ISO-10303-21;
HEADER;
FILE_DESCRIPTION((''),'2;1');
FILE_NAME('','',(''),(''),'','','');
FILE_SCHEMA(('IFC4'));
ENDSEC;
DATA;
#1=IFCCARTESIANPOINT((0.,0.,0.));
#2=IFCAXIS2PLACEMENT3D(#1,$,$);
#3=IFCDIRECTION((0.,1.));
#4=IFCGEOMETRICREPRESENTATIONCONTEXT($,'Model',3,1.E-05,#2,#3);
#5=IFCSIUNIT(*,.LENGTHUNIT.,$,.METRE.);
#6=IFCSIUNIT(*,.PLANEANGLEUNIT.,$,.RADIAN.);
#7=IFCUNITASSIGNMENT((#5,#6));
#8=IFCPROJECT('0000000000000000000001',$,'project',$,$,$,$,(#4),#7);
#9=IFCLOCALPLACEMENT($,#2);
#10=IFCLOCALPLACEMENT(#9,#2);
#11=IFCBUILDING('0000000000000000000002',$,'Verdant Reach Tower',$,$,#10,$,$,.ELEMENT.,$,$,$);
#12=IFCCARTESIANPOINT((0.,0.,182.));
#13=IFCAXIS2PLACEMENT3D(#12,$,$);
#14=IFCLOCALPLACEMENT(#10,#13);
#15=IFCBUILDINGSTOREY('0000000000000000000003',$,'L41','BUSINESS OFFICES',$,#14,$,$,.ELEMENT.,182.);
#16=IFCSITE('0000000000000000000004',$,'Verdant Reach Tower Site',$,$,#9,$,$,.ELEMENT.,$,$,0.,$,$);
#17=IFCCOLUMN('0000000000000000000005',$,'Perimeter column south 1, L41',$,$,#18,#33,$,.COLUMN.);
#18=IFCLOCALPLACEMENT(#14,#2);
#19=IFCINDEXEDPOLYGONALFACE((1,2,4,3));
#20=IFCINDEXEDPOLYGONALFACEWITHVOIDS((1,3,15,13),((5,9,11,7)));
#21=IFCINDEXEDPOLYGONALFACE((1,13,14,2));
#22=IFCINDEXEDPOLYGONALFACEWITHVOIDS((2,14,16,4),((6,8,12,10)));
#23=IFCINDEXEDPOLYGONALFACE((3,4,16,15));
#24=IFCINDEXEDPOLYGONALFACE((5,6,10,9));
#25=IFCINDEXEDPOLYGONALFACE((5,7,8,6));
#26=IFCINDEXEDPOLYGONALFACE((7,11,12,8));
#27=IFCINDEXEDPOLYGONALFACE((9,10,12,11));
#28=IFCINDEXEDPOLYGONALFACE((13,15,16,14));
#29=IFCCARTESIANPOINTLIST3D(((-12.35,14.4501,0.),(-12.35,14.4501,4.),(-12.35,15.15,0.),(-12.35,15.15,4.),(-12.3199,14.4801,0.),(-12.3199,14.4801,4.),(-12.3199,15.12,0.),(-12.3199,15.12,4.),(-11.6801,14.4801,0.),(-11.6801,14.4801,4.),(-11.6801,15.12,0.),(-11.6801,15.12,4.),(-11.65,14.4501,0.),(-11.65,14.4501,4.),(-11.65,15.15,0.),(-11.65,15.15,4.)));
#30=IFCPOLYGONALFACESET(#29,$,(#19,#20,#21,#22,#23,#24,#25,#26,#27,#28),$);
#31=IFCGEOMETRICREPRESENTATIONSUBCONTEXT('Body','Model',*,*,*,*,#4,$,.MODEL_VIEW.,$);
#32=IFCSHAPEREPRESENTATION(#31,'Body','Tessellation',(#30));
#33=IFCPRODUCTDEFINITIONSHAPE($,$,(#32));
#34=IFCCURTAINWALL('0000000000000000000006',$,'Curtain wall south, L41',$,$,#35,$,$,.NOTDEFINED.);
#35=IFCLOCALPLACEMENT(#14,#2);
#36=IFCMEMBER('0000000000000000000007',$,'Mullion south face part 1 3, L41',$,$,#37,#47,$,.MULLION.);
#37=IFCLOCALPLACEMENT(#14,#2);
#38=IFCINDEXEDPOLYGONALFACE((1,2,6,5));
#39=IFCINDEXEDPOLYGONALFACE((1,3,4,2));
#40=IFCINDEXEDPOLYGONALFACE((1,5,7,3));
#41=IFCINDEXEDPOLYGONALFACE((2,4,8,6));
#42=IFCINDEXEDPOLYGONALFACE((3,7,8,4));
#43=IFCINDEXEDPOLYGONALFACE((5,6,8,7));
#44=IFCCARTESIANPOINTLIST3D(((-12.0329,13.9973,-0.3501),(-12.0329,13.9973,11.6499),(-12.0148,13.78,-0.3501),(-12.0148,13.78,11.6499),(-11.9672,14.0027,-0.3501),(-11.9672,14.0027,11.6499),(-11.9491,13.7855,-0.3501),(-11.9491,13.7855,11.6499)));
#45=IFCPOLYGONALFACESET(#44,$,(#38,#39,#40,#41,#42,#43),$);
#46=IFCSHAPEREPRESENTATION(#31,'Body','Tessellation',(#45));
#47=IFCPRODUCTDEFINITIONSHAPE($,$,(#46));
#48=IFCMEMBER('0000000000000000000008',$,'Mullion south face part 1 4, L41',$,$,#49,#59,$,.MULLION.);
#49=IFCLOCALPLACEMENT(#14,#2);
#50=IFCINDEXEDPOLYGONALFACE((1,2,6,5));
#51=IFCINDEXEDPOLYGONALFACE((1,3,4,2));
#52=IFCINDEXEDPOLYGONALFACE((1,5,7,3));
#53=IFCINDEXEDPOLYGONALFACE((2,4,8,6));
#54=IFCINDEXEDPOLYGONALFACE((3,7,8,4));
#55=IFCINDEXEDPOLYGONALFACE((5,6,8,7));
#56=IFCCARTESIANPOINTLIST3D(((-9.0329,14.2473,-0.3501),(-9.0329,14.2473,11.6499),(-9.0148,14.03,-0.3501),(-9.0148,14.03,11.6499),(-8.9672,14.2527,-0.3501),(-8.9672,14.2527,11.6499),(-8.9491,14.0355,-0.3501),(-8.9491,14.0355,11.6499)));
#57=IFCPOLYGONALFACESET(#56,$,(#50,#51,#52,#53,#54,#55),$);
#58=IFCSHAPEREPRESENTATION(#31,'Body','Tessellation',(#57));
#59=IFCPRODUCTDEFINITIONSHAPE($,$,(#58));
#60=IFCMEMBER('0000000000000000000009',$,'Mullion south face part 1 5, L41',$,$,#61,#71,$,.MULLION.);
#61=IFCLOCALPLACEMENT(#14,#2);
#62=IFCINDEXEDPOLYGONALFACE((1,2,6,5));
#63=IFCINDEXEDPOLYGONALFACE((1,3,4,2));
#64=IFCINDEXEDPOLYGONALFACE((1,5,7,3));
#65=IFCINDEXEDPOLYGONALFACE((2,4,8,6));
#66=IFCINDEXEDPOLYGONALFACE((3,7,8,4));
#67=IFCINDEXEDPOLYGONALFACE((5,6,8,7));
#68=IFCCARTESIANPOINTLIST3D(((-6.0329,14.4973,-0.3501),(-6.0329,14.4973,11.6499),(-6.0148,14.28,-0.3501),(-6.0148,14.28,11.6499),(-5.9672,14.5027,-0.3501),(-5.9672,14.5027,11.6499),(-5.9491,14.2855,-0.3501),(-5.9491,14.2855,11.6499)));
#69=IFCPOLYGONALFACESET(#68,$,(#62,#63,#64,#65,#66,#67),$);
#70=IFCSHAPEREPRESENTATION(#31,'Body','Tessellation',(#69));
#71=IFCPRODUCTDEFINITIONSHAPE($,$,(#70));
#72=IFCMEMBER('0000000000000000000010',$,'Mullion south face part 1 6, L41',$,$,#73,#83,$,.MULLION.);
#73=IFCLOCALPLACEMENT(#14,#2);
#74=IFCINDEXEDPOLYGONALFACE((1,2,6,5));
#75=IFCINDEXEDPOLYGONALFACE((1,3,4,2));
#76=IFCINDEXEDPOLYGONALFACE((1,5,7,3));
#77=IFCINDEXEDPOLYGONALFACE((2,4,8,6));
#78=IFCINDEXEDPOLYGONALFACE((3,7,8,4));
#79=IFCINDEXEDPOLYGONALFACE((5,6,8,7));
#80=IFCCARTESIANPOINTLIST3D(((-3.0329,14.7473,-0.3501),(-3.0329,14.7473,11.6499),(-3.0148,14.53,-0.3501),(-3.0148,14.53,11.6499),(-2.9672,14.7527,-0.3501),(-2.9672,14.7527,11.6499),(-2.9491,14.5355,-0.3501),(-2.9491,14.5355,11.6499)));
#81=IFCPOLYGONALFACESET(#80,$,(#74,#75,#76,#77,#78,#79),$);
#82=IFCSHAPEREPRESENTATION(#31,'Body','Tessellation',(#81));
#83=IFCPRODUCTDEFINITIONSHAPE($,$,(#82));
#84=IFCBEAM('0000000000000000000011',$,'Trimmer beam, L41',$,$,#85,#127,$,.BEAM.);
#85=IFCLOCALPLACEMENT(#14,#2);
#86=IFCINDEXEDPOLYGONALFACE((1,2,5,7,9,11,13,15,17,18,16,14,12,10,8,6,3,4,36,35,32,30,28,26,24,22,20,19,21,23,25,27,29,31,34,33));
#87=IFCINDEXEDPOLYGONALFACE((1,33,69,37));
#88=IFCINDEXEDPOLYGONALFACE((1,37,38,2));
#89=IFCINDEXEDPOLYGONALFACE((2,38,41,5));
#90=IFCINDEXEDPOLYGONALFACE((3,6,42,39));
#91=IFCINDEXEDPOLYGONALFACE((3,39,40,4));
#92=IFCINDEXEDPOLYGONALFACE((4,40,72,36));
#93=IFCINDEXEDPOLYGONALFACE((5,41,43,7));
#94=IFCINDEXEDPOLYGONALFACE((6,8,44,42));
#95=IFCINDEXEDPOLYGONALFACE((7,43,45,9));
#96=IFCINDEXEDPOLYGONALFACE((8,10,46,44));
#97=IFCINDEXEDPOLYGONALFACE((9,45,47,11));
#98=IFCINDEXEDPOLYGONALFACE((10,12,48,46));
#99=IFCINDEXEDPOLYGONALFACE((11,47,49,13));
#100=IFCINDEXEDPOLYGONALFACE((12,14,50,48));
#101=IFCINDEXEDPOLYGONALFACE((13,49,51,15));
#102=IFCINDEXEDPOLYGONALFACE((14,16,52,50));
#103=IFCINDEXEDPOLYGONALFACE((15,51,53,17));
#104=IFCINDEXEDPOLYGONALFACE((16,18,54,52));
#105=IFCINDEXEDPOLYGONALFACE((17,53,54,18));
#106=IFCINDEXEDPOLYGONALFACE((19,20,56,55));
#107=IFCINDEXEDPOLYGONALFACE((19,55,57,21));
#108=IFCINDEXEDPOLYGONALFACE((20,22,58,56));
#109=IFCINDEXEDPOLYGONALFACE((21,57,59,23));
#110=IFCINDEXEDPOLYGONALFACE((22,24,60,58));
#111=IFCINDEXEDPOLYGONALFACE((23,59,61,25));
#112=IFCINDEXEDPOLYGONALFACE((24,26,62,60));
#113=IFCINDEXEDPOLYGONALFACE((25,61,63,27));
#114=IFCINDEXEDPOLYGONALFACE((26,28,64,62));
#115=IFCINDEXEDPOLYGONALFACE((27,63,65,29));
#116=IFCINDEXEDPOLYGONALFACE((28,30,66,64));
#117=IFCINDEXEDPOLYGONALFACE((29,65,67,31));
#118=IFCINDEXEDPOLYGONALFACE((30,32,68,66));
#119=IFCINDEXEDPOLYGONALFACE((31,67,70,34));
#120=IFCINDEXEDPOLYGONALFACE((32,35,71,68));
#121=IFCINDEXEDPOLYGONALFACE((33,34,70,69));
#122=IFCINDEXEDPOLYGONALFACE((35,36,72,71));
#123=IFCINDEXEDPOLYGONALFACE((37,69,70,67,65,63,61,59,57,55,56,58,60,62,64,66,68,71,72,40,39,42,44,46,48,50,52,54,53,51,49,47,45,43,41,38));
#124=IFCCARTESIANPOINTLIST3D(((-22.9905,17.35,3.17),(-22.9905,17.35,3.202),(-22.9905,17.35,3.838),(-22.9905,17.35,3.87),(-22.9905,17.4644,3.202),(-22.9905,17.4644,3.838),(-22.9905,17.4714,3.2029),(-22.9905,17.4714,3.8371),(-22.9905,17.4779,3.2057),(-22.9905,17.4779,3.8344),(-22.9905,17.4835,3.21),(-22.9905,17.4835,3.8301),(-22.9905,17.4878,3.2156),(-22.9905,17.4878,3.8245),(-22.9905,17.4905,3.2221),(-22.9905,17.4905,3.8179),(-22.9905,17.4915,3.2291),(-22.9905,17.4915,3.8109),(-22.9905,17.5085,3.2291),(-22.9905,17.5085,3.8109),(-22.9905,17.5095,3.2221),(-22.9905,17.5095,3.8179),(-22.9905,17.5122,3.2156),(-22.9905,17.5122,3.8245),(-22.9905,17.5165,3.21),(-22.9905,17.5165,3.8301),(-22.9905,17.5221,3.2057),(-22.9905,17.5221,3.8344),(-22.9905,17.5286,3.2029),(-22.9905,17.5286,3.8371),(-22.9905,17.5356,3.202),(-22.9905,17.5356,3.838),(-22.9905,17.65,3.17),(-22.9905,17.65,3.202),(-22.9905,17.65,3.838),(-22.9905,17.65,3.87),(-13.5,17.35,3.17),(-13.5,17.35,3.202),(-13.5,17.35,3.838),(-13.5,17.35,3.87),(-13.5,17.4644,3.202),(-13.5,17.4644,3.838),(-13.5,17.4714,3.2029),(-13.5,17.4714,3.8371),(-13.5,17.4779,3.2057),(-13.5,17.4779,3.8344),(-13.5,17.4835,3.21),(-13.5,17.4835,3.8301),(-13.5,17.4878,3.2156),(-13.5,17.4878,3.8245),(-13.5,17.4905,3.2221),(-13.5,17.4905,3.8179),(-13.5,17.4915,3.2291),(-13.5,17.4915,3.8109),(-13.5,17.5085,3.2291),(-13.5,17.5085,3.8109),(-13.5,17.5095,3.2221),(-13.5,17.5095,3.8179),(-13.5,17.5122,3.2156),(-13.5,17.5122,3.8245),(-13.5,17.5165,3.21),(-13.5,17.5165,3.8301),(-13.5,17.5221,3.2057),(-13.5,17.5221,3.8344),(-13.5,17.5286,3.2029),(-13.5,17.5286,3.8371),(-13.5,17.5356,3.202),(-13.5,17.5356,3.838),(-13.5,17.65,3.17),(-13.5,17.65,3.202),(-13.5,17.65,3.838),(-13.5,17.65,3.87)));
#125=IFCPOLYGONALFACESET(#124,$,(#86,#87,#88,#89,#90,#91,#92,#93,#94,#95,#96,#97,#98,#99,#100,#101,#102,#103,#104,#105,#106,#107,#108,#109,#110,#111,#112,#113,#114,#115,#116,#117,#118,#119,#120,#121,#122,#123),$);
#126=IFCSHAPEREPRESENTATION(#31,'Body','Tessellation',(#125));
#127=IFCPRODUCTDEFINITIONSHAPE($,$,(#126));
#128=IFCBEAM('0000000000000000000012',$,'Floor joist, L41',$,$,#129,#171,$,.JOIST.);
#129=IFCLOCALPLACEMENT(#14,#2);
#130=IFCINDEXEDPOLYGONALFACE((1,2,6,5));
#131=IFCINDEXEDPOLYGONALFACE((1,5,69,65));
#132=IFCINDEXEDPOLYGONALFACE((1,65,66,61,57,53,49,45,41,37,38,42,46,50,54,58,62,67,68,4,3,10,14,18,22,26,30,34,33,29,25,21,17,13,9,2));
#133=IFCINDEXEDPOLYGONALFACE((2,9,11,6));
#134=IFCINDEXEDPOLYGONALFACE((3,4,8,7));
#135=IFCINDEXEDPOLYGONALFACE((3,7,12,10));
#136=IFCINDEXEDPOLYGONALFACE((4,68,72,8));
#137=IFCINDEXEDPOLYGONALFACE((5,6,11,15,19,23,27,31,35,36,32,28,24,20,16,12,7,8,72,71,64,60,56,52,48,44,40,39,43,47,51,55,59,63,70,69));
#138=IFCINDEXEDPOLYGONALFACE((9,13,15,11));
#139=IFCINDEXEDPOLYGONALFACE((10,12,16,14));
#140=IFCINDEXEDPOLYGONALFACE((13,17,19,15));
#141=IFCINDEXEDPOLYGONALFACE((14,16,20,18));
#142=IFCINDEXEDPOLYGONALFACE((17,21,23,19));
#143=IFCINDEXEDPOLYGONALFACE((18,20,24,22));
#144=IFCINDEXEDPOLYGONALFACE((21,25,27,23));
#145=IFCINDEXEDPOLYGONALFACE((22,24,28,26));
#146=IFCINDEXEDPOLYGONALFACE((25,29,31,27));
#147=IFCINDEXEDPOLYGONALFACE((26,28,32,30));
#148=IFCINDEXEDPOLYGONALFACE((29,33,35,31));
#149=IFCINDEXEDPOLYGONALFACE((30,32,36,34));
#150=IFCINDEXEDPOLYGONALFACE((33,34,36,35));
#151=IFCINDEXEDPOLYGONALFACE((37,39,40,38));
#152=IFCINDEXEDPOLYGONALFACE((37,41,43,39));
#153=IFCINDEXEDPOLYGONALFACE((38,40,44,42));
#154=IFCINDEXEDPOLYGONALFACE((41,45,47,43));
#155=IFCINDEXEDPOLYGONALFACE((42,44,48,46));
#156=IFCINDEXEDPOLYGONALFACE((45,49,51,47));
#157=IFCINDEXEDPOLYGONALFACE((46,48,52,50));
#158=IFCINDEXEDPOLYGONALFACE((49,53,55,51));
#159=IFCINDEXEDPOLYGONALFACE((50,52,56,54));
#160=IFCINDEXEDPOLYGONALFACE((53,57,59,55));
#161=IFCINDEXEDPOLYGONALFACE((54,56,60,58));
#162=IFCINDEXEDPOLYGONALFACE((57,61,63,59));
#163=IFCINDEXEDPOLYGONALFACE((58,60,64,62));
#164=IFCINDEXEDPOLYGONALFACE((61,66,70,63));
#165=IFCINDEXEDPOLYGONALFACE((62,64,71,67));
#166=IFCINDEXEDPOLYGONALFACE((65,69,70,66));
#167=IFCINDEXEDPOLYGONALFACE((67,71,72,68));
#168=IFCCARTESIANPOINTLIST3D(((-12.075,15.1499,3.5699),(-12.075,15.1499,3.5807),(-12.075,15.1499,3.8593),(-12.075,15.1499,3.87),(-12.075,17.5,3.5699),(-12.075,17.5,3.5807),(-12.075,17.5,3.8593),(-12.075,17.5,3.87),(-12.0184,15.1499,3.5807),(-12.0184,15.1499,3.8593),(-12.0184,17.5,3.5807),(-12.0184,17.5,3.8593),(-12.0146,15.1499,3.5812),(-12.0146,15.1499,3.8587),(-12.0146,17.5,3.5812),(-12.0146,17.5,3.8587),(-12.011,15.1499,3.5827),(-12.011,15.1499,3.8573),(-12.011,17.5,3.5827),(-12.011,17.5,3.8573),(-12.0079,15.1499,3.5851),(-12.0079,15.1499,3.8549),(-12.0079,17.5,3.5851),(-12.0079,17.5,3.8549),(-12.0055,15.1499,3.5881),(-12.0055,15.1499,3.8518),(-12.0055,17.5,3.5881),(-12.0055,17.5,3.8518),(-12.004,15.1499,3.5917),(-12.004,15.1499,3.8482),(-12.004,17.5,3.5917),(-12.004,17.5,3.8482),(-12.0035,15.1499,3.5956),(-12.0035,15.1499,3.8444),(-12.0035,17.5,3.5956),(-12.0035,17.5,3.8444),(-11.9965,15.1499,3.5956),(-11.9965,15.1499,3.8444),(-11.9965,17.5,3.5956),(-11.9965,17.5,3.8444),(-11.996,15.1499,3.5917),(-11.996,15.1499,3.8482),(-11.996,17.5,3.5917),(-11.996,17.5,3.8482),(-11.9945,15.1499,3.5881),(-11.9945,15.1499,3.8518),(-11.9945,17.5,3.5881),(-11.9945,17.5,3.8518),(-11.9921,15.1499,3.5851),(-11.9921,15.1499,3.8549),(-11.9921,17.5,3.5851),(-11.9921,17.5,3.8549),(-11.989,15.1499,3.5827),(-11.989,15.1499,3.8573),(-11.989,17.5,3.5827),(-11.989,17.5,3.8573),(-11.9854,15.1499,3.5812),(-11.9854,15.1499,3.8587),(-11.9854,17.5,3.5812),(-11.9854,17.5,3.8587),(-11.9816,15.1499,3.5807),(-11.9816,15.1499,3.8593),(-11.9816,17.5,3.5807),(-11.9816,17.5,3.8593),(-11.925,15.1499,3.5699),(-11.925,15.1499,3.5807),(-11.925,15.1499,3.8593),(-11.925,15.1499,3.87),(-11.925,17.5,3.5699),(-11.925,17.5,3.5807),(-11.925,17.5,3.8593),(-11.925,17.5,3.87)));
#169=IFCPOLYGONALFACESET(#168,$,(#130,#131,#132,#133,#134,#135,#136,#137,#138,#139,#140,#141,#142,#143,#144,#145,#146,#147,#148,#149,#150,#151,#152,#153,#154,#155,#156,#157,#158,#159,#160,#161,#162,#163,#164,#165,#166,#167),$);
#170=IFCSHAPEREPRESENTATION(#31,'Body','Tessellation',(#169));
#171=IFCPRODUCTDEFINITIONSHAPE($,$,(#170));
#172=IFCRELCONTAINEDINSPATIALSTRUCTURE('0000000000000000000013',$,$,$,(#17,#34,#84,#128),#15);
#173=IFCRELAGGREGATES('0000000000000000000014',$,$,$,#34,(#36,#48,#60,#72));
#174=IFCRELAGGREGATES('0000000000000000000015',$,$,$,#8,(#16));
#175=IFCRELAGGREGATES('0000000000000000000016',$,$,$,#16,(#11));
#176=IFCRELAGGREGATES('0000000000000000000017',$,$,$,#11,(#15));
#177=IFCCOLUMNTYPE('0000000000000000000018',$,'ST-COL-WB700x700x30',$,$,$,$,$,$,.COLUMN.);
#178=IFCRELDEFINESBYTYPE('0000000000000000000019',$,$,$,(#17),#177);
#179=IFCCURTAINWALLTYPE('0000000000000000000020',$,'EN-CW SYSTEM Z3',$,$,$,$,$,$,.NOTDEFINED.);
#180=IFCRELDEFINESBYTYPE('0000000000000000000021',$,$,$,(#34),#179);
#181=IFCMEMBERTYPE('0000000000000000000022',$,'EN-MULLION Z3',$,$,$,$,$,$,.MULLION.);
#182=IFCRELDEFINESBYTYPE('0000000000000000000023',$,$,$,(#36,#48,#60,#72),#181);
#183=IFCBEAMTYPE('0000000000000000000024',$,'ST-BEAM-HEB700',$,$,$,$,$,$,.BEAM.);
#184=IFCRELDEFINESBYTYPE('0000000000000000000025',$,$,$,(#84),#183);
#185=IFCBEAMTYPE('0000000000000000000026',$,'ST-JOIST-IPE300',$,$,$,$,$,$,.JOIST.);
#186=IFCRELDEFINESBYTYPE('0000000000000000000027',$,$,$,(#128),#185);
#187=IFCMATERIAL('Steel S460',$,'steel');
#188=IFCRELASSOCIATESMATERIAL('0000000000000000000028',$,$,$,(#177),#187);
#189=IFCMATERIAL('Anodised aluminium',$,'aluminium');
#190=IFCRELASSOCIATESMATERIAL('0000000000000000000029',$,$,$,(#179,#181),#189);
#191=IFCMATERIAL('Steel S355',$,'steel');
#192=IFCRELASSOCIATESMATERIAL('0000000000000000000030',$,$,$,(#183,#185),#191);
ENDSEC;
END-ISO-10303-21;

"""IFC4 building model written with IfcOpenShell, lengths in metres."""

from ifc_helpers import new_model, si_unit, direction, frame, origin, origin_2d, place, context, subcontext, project, spatial, rectangle, hollow_rectangle, i_section, extrude, material, material_profile, profile_set, type_object, element, aggregate, save


model = new_model("IFC4")

# Units and contexts
model_context = context("Model", 3, precision=1e-05, world=origin(), true_north=direction((0.0, 1.0)))
body_context = subcontext(model_context, "Body", "Model", "MODEL_VIEW")
ifc_project = project(units=[si_unit("LENGTHUNIT", "METRE"), si_unit("PLANEANGLEUNIT", "RADIAN")], contexts=[model_context])

# Site, building, storey
site_placement = place(None, origin())
site = spatial("IfcSite", under=ifc_project, at=site_placement, Name="Verdant Reach Tower Site", CompositionType="ELEMENT", RefElevation=0.0)
building_placement = place(site_placement, origin())
building = spatial("IfcBuilding", under=site, at=building_placement, Name="Verdant Reach Tower", CompositionType="ELEMENT")
storey_placement = place(building_placement, frame((0.0, 0.0, 182.0)))
storey = spatial("IfcBuildingStorey", under=building, at=storey_placement, Name="L41", Description="BUSINESS OFFICES", CompositionType="ELEMENT", Elevation=182.0)

# Column
ifc_material_1 = material(Name="Steel S460", Category="steel")
ifc_material_profile_1 = material_profile(ifc_material_1, hollow_rectangle(XDim=0.7, YDim=0.7, WallThickness=0.03, at=origin_2d()), Name="WB 700x700x30")
ifc_profile_set_1 = profile_set([ifc_material_profile_1], Name="Steel S460")
column_type = type_object("IfcColumnType", Name="ST-COL-WB700x700x30", PredefinedType="COLUMN", material=ifc_profile_set_1)
column_placement = place(storey_placement, frame((-12.0, 14.8, 0.0), z_axis=(0.0, 0.0, 1.0), x_axis=(1.0, 0.0, 0.0)))
element("IfcColumn", 1, at=column_placement, inside=storey, type_object=column_type, Name="Perimeter column south 1, L41", PredefinedType="COLUMN", context=body_context, shape_type="SweptSolid", body=[
    extrude(hollow_rectangle(XDim=0.7, YDim=0.7, WallThickness=0.03, at=origin_2d()), origin(), (0.0, 0.0, 1.0), 4.0),
])

# Curtain wall, members
ifc_material_2 = material(Name="Anodised aluminium", Category="aluminium")
curtain_wall_type = type_object("IfcCurtainWallType", Name="EN-CW SYSTEM Z3", PredefinedType="NOTDEFINED", material=ifc_material_2)
curtain_wall_placement = place(storey_placement, origin())
curtain_wall = element("IfcCurtainWall", 2, at=curtain_wall_placement, inside=storey, type_object=curtain_wall_type, Name="Curtain wall south, L41", PredefinedType="NOTDEFINED")
ifc_material_profile_2 = material_profile(ifc_material_2, rectangle(XDim=0.218, YDim=0.0659, at=origin_2d()), Name="Mullion 66x218")
ifc_profile_set_2 = profile_set([ifc_material_profile_2], Name="Anodised aluminium")
member_type = type_object("IfcMemberType", Name="EN-MULLION Z3", PredefinedType="MULLION", material=ifc_profile_set_2)
member_1_placement = place(storey_placement, frame((-11.991, 13.8914, -0.3501), z_axis=(0.0, 0.0, 1.0), x_axis=(0.083045, -0.996546, 0.0)))
member_1 = element("IfcMember", 3, at=member_1_placement, type_object=member_type, Name="Mullion south face part 1 3, L41", PredefinedType="MULLION", context=body_context, shape_type="SweptSolid", body=[
    extrude(rectangle(XDim=0.218, YDim=0.0659, at=origin_2d()), origin(), (0.0, 0.0, 1.0), 12.0),
])
member_2_placement = place(storey_placement, frame((-8.991, 14.1414, -0.3501), z_axis=(0.0, 0.0, 1.0), x_axis=(0.083045, -0.996546, 0.0)))
member_2 = element("IfcMember", 4, at=member_2_placement, type_object=member_type, Name="Mullion south face part 1 4, L41", PredefinedType="MULLION", context=body_context, shape_type="SweptSolid", body=[
    extrude(rectangle(XDim=0.218, YDim=0.0659, at=origin_2d()), origin(), (0.0, 0.0, 1.0), 12.0),
])
member_3_placement = place(storey_placement, frame((-5.991, 14.3914, -0.3501), z_axis=(0.0, 0.0, 1.0), x_axis=(0.083045, -0.996546, 0.0)))
member_3 = element("IfcMember", 5, at=member_3_placement, type_object=member_type, Name="Mullion south face part 1 5, L41", PredefinedType="MULLION", context=body_context, shape_type="SweptSolid", body=[
    extrude(rectangle(XDim=0.218, YDim=0.0659, at=origin_2d()), origin(), (0.0, 0.0, 1.0), 12.0),
])
member_4_placement = place(storey_placement, frame((-2.991, 14.6414, -0.3501), z_axis=(0.0, 0.0, 1.0), x_axis=(0.083045, -0.996546, 0.0)))
member_4 = element("IfcMember", 6, at=member_4_placement, type_object=member_type, Name="Mullion south face part 1 6, L41", PredefinedType="MULLION", context=body_context, shape_type="SweptSolid", body=[
    extrude(rectangle(XDim=0.218, YDim=0.0659, at=origin_2d()), origin(), (0.0, 0.0, 1.0), 12.0),
])

# Beams
ifc_material_3 = material(Name="Steel S355", Category="steel")
ifc_material_profile_3 = material_profile(ifc_material_3, i_section(OverallWidth=0.3, OverallDepth=0.7, WebThickness=0.0171, FlangeThickness=0.032, FilletRadius=0.0271, at=origin_2d()), Name="HEB 700")
ifc_profile_set_3 = profile_set([ifc_material_profile_3], Name="Steel S355")
beam_type_1 = type_object("IfcBeamType", Name="ST-BEAM-HEB700", PredefinedType="BEAM", material=ifc_profile_set_3)
beam_1_placement = place(storey_placement, frame((-13.5, 17.5, 3.52), z_axis=(-1.0, 0.0, 0.0), x_axis=(0.0, -1.0, 0.0)))
element("IfcBeam", 7, at=beam_1_placement, inside=storey, type_object=beam_type_1, Name="Trimmer beam, L41", PredefinedType="BEAM", context=body_context, shape_type="SweptSolid", body=[
    extrude(i_section(OverallWidth=0.3, OverallDepth=0.7, WebThickness=0.0171, FlangeThickness=0.032, FilletRadius=0.0271, at=origin_2d()), origin(), (0.0, 0.0, 1.0), 9.4905),
])
ifc_material_profile_4 = material_profile(ifc_material_3, i_section(OverallWidth=0.1499, OverallDepth=0.3, WebThickness=0.0071, FlangeThickness=0.0107, FilletRadius=0.0149, at=origin_2d()), Name="IPE 300")
ifc_profile_set_4 = profile_set([ifc_material_profile_4], Name="Steel S355")
beam_type_2 = type_object("IfcBeamType", Name="ST-JOIST-IPE300", PredefinedType="JOIST", material=ifc_profile_set_4)
beam_2_placement = place(storey_placement, frame((-12.0, 17.5, 3.72), z_axis=(0.0, -1.0, 0.0), x_axis=(1.0, 0.0, 0.0)))
element("IfcBeam", 8, at=beam_2_placement, inside=storey, type_object=beam_type_2, Name="Floor joist, L41", PredefinedType="JOIST", context=body_context, shape_type="SweptSolid", body=[
    extrude(i_section(OverallWidth=0.1499, OverallDepth=0.3, WebThickness=0.0071, FlangeThickness=0.0107, FilletRadius=0.0149, at=origin_2d()), origin(), (0.0, 0.0, 1.0), 2.3501),
])

aggregate(curtain_wall, [member_1, member_2, member_3, member_4])

save(model, "model.ifc")
